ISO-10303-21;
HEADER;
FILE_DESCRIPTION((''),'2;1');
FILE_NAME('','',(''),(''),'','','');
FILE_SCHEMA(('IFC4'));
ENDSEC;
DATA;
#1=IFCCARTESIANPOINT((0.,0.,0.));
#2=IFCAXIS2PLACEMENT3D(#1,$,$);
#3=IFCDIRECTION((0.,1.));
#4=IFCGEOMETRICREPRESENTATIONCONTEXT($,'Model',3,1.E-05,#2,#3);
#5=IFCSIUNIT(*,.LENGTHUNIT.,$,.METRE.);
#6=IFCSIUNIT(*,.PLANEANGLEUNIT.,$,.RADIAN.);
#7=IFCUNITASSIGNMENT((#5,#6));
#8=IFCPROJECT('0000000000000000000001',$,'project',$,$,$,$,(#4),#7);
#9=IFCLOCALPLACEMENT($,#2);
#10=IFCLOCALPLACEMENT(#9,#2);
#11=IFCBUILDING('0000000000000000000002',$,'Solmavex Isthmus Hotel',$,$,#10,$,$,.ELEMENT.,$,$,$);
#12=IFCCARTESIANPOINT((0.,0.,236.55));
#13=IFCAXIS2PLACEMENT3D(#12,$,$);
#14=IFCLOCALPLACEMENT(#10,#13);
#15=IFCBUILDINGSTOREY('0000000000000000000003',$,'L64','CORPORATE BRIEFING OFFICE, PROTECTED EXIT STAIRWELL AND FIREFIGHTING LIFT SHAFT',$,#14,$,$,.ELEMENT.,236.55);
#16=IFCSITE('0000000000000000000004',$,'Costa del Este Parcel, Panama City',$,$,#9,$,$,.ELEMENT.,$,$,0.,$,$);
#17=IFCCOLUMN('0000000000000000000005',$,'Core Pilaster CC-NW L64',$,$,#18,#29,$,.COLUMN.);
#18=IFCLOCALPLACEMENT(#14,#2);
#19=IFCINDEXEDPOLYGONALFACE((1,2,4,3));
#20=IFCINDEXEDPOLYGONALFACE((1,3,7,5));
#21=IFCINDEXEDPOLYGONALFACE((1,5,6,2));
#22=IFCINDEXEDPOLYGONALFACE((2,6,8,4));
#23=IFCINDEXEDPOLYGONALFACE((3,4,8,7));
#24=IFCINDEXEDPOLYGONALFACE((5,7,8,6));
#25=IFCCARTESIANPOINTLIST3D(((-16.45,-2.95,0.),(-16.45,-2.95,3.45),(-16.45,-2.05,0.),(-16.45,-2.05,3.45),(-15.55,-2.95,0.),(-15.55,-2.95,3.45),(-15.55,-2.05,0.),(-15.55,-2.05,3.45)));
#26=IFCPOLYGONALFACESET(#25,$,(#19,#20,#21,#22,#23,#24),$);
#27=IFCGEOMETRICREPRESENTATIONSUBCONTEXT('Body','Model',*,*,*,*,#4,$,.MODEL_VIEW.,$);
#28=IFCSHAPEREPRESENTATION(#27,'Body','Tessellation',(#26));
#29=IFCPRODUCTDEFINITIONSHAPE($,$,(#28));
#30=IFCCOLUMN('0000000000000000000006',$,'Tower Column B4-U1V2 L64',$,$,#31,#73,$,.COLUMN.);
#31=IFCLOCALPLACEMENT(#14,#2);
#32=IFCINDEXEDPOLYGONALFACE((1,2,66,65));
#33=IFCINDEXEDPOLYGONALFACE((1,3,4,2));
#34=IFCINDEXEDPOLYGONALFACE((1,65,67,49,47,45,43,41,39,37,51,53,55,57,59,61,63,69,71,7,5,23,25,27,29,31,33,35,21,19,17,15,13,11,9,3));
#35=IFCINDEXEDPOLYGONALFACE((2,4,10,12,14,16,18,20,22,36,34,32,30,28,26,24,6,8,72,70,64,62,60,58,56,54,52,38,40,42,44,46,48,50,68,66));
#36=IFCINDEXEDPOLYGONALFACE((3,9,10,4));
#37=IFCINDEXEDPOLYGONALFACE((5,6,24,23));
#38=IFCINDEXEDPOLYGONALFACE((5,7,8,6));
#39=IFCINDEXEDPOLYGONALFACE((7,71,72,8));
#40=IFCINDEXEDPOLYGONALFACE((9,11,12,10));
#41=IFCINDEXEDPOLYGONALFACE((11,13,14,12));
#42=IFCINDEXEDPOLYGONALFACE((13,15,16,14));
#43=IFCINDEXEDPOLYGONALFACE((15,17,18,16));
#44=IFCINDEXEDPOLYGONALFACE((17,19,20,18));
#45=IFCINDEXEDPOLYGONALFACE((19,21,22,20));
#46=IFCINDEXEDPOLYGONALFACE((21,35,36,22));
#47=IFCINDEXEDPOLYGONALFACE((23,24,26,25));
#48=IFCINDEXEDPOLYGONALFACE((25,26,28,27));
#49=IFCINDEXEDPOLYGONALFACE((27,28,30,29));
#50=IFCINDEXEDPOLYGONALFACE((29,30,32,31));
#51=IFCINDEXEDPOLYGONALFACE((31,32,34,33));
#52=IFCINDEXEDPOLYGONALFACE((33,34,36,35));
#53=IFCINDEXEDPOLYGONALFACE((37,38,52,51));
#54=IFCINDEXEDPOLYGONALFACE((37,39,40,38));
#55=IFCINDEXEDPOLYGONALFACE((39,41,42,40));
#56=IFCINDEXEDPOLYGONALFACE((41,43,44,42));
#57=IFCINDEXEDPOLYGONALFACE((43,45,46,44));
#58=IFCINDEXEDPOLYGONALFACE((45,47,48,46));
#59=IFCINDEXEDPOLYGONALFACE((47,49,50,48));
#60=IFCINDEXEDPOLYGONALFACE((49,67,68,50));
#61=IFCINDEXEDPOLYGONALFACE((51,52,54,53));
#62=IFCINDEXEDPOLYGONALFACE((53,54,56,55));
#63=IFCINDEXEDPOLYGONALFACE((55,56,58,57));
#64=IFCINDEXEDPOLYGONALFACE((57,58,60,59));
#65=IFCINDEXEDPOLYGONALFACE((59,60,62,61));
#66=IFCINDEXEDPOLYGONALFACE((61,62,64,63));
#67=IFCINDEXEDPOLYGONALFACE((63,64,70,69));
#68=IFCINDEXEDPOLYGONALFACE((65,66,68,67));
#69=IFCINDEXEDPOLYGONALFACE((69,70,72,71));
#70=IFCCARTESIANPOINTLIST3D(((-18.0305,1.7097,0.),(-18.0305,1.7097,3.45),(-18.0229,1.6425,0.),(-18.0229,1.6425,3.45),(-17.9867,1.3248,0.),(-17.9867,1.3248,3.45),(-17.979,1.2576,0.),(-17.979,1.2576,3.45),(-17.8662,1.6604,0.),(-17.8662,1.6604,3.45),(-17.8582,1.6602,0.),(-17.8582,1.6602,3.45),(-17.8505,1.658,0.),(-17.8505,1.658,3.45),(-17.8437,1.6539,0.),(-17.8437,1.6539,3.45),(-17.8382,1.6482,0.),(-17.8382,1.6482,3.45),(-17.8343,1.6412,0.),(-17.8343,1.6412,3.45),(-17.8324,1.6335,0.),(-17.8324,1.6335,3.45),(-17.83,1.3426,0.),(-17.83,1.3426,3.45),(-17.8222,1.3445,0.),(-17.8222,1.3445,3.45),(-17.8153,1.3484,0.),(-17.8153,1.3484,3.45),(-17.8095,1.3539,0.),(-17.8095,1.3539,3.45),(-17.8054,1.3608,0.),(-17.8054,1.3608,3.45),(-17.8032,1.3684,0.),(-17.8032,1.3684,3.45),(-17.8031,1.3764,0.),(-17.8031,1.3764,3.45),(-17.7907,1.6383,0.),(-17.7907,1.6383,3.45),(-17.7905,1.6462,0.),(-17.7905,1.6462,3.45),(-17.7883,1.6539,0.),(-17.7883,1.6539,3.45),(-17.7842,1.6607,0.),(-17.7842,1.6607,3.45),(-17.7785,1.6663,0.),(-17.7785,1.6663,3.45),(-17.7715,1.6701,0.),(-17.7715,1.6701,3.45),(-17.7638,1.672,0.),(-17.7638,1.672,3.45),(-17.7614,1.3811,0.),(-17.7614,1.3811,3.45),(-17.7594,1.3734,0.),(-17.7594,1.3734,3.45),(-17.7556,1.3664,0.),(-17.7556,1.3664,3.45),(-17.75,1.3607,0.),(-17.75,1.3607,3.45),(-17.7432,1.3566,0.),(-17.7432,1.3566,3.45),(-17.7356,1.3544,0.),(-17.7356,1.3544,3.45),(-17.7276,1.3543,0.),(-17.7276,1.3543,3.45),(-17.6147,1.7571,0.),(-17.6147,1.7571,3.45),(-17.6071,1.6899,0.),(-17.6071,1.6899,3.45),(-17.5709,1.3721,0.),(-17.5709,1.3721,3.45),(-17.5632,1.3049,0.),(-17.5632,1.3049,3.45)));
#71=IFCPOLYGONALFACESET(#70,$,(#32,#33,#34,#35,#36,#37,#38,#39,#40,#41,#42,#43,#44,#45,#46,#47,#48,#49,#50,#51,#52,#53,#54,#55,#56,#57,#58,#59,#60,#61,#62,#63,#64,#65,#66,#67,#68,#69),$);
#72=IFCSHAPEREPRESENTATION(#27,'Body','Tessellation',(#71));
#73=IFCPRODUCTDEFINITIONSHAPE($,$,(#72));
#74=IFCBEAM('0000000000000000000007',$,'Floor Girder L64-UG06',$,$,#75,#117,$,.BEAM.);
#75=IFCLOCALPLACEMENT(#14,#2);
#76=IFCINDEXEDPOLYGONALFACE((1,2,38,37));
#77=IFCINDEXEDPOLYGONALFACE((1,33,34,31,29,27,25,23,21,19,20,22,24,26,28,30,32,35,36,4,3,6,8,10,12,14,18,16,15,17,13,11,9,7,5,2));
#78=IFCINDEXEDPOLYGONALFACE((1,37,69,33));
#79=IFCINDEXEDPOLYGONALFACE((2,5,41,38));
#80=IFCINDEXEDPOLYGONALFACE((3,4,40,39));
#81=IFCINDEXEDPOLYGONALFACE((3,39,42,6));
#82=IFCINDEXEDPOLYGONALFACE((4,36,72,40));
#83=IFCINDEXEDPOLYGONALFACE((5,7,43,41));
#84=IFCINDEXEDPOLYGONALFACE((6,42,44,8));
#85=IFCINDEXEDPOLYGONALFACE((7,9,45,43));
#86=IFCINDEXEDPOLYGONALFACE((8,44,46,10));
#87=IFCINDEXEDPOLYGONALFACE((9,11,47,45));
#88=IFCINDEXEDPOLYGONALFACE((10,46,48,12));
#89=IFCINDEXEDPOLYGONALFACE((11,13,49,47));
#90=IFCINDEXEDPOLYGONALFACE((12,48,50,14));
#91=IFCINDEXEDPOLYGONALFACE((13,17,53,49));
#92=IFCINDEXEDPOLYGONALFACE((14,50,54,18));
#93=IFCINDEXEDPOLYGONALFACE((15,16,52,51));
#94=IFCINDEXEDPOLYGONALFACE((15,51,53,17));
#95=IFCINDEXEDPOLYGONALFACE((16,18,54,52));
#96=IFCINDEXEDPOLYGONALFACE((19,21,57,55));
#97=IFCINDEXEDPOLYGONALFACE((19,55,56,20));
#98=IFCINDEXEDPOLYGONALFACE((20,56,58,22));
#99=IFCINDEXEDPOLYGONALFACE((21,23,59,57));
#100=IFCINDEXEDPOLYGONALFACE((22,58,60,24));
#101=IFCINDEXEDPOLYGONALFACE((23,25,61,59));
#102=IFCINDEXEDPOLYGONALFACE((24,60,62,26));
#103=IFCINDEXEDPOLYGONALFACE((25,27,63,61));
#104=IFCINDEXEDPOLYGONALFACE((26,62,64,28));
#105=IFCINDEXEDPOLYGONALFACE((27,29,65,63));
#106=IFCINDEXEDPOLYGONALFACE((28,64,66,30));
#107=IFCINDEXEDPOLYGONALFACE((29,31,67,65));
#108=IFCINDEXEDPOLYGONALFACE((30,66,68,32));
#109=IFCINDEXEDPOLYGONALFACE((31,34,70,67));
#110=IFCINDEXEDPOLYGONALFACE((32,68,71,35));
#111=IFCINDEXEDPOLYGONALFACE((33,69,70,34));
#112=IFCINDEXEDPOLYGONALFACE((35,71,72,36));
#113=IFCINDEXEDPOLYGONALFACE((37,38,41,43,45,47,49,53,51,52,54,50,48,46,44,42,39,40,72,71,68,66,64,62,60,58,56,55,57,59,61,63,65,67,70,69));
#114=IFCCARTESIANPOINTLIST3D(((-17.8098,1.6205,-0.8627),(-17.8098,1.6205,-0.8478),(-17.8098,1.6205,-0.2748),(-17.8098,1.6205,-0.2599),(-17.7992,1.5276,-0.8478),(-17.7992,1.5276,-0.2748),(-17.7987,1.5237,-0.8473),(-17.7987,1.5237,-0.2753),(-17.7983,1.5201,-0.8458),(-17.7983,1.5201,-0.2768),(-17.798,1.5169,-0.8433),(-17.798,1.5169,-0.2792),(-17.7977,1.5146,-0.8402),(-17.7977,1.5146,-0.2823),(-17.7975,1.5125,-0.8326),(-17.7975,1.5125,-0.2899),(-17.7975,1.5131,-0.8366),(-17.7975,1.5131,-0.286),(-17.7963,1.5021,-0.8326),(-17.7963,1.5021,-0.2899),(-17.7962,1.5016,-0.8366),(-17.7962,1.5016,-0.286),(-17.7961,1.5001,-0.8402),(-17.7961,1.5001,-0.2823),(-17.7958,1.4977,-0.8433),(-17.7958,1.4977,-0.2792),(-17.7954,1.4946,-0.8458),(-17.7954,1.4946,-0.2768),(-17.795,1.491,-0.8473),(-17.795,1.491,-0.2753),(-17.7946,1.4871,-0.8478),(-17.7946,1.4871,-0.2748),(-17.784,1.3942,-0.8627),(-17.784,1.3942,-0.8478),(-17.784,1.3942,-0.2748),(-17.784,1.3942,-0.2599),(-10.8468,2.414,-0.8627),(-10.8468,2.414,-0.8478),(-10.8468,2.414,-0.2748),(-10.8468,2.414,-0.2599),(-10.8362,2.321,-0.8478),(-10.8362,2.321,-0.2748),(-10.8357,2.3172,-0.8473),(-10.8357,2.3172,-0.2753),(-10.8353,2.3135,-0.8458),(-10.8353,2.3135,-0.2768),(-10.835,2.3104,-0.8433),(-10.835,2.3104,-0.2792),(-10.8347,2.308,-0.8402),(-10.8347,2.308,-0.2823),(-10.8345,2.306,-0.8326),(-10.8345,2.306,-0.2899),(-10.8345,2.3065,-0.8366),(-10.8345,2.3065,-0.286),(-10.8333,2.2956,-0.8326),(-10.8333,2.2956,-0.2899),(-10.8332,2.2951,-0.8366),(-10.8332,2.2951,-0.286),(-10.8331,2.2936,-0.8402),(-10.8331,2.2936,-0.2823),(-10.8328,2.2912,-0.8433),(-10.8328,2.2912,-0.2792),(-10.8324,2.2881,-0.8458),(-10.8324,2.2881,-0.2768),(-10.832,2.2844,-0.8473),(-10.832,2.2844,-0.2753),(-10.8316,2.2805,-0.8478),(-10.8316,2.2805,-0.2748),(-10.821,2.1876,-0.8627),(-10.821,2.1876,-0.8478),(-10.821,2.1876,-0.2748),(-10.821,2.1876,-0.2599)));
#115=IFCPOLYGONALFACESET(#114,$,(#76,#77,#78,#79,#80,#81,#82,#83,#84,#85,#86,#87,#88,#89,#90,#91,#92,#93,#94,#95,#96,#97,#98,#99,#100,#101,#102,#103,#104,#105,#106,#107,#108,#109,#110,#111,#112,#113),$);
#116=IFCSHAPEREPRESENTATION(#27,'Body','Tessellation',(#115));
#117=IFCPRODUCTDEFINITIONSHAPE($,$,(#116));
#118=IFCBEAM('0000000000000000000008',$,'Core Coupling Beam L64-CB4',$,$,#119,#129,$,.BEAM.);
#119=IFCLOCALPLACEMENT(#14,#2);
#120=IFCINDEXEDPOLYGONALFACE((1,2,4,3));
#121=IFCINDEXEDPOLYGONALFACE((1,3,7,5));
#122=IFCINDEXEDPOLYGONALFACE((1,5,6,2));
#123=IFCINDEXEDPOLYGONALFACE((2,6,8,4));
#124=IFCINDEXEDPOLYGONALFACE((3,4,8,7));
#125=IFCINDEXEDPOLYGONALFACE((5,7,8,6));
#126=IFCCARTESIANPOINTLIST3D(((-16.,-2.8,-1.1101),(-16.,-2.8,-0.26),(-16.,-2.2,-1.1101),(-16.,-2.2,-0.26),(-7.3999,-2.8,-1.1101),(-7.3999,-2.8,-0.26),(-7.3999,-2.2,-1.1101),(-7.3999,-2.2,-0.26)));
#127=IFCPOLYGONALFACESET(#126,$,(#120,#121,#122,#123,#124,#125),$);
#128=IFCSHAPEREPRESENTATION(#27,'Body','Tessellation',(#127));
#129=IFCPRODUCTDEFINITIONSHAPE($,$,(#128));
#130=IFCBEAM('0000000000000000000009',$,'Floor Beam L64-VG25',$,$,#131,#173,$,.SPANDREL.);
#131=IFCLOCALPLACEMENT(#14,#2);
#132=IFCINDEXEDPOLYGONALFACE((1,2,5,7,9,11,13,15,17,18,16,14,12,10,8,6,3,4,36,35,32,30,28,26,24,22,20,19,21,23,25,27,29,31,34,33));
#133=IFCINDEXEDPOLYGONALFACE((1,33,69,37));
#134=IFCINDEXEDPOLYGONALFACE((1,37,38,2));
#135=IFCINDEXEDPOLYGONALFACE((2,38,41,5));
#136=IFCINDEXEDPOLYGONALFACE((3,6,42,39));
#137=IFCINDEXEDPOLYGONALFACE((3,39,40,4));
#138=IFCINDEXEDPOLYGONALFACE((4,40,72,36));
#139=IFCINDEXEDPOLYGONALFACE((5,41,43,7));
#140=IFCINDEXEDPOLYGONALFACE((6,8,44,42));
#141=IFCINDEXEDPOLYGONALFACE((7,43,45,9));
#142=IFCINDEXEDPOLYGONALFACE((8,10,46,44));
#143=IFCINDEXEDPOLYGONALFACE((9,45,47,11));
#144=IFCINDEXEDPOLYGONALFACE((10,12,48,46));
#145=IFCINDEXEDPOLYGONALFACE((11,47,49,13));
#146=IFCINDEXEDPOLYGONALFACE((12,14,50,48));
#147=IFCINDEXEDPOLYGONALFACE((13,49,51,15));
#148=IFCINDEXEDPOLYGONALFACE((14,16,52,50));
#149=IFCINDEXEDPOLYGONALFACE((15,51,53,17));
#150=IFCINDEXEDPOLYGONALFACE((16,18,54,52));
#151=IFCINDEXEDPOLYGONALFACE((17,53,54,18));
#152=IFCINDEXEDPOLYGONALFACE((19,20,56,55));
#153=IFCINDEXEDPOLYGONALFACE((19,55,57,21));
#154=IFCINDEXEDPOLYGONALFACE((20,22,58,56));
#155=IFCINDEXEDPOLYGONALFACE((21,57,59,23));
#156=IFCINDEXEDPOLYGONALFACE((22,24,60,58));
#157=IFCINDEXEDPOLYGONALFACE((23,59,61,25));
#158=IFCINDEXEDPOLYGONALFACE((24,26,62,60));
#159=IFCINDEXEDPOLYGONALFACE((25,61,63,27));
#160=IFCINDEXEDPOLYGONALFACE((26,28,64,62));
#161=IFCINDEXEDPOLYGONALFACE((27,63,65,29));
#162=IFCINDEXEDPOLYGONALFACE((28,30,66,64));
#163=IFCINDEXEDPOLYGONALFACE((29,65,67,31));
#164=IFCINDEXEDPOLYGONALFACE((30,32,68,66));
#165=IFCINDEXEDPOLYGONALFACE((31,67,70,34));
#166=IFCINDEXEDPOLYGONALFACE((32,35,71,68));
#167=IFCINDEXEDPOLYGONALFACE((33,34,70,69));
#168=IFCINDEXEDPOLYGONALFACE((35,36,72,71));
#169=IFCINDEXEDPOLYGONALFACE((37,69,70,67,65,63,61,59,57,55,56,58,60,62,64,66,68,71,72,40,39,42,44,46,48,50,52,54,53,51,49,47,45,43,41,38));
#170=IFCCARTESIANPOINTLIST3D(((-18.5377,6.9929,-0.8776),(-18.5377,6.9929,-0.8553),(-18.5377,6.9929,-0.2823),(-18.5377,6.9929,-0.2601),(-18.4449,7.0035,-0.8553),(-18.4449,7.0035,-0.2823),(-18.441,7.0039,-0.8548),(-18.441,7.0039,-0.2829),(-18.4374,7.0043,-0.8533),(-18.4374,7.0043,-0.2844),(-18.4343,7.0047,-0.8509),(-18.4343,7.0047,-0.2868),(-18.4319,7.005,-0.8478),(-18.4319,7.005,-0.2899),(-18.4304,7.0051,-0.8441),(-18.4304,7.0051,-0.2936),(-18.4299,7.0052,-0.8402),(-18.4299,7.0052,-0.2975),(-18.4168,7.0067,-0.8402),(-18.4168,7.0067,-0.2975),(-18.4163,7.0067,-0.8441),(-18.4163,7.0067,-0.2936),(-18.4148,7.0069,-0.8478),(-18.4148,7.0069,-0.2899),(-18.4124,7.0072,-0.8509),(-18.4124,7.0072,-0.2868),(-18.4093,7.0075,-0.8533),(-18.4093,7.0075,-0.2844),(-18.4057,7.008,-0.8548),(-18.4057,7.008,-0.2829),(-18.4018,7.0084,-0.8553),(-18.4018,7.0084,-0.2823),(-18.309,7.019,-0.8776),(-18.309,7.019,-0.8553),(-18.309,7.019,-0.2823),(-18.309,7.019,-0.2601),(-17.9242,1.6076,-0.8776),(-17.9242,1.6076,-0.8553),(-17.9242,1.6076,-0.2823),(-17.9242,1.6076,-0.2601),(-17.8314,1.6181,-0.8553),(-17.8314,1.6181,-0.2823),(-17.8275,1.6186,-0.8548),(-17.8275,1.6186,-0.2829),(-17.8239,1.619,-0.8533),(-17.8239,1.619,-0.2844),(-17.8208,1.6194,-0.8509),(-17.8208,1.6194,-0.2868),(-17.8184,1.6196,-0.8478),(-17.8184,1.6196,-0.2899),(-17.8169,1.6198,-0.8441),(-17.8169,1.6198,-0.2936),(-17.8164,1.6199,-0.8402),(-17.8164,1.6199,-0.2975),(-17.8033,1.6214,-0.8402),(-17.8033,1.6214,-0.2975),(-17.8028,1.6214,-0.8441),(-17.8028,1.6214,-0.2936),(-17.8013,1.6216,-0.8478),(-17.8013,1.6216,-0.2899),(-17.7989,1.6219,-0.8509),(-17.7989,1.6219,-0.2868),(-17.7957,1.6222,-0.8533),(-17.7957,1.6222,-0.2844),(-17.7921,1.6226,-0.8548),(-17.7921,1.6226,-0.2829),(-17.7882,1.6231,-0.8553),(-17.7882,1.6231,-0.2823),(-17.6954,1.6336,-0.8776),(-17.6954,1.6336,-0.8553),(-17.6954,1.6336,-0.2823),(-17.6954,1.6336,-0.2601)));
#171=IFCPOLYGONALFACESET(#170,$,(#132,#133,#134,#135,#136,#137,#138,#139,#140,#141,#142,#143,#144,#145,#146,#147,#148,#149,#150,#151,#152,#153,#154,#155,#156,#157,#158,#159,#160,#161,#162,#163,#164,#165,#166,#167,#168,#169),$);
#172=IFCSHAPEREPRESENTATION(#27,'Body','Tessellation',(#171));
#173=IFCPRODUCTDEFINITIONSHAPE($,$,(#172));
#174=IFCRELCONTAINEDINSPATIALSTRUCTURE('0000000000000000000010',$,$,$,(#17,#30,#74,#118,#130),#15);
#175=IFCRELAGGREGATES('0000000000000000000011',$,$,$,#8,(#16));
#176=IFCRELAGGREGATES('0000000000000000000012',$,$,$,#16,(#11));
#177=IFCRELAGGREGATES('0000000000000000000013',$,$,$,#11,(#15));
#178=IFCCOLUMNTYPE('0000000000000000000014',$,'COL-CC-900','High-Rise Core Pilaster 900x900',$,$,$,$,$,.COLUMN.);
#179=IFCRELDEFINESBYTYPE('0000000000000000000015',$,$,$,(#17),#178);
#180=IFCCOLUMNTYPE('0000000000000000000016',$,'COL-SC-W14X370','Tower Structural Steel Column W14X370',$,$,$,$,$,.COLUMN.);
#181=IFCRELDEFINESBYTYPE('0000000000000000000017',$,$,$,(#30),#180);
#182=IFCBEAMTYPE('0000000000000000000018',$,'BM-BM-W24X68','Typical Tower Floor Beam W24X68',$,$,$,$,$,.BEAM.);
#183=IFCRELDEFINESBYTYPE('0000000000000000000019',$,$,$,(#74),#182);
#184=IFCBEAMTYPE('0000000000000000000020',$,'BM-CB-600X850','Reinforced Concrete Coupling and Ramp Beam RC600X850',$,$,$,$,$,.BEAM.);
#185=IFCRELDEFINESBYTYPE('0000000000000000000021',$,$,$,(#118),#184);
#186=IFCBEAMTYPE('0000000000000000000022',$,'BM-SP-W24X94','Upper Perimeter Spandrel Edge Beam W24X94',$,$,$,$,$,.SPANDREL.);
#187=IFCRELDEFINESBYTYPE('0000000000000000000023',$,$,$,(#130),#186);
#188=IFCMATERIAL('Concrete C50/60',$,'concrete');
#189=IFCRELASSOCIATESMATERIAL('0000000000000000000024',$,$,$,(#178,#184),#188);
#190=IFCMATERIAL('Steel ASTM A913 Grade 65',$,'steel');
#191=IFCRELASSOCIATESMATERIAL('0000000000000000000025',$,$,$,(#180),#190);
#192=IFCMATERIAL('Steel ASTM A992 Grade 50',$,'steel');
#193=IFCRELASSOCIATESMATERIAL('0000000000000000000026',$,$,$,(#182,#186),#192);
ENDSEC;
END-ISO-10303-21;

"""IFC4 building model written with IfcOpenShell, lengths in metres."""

from ifc_helpers import new_model, si_unit, direction, frame, origin, origin_2d, place, context, subcontext, project, spatial, rectangle, i_section, extrude, material, material_profile, profile_set, type_object, element, save


model = new_model("IFC4")

# Units and contexts
model_context = context("Model", 3, precision=1e-05, world=origin(), true_north=direction((0.0, 1.0)))
body_context = subcontext(model_context, "Body", "Model", "MODEL_VIEW")
ifc_project = project(units=[si_unit("LENGTHUNIT", "METRE"), si_unit("PLANEANGLEUNIT", "RADIAN")], contexts=[model_context])

# Site, building, storey
site_placement = place(None, origin())
site = spatial("IfcSite", under=ifc_project, at=site_placement, Name="Costa del Este Parcel, Panama City", CompositionType="ELEMENT", RefElevation=0.0)
building_placement = place(site_placement, origin())
building = spatial("IfcBuilding", under=site, at=building_placement, Name="Solmavex Isthmus Hotel", CompositionType="ELEMENT")
storey_placement = place(building_placement, frame((0.0, 0.0, 236.55)))
storey = spatial("IfcBuildingStorey", under=building, at=storey_placement, Name="L64", Description="CORPORATE BRIEFING OFFICE, PROTECTED EXIT STAIRWELL AND FIREFIGHTING LIFT SHAFT", CompositionType="ELEMENT", Elevation=236.55)

# Columns
ifc_material_1 = material(Name="Concrete C50/60", Category="concrete")
ifc_material_profile_1 = material_profile(ifc_material_1, rectangle(XDim=0.8999, YDim=0.8999, at=origin_2d()), Name="RC900X900")
ifc_profile_set_1 = profile_set([ifc_material_profile_1], Name="Concrete C50/60")
column_type_1 = type_object("IfcColumnType", Name="COL-CC-900", Description="High-Rise Core Pilaster 900x900", PredefinedType="COLUMN", material=ifc_profile_set_1)
column_1_placement = place(storey_placement, frame((-16.0, -2.5, 0.0), z_axis=(0.0, 0.0, 1.0), x_axis=(1.0, 0.0, 0.0)))
element("IfcColumn", 1, at=column_1_placement, inside=storey, type_object=column_type_1, Name="Core Pilaster CC-NW L64", PredefinedType="COLUMN", context=body_context, shape_type="SweptSolid", body=[
    extrude(rectangle(XDim=0.8999, YDim=0.8999, at=origin_2d()), origin(), (0.0, 0.0, 1.0), 3.45),
])
ifc_material_2 = material(Name="Steel ASTM A913 Grade 65", Category="steel")
ifc_material_profile_2 = material_profile(ifc_material_2, i_section(OverallWidth=0.4185, OverallDepth=0.4551, WebThickness=0.042, FlangeThickness=0.0676, FilletRadius=0.0305, at=origin_2d()), Name="W14X370")
ifc_profile_set_2 = profile_set([ifc_material_profile_2], Name="Steel ASTM A913 Grade 65")
column_type_2 = type_object("IfcColumnType", Name="COL-SC-W14X370", Description="Tower Structural Steel Column W14X370", PredefinedType="COLUMN", material=ifc_profile_set_2)
column_2_placement = place(storey_placement, frame((-17.7969, 1.5073, 0.0), z_axis=(0.0, 0.0, 1.0), x_axis=(0.993572, 0.113203, 0.0)))
element("IfcColumn", 2, at=column_2_placement, inside=storey, type_object=column_type_2, Name="Tower Column B4-U1V2 L64", PredefinedType="COLUMN", context=body_context, shape_type="SweptSolid", body=[
    extrude(i_section(OverallWidth=0.4185, OverallDepth=0.4551, WebThickness=0.042, FlangeThickness=0.0676, FilletRadius=0.0305, at=origin_2d()), origin(), (0.0, 0.0, 1.0), 3.45),
])

# Beams
ifc_material_3 = material(Name="Steel ASTM A992 Grade 50", Category="steel")
ifc_material_profile_3 = material_profile(ifc_material_3, i_section(OverallWidth=0.2278, OverallDepth=0.6028, WebThickness=0.0105, FlangeThickness=0.0149, FilletRadius=0.0151, at=origin_2d()), Name="W24X68")
ifc_profile_set_3 = profile_set([ifc_material_profile_3], Name="Steel ASTM A992 Grade 50")
beam_type_1 = type_object("IfcBeamType", Name="BM-BM-W24X68", Description="Typical Tower Floor Beam W24X68", PredefinedType="BEAM", material=ifc_profile_set_3)
beam_1_placement = place(storey_placement, frame((-17.7969, 1.5073, -0.5613), z_axis=(0.99357, 0.113222, 0.0), x_axis=(-0.113222, 0.99357, 0.0)))
element("IfcBeam", 3, at=beam_1_placement, inside=storey, type_object=beam_type_1, Name="Floor Girder L64-UG06", PredefinedType="BEAM", context=body_context, shape_type="SweptSolid", body=[
    extrude(i_section(OverallWidth=0.2278, OverallDepth=0.6028, WebThickness=0.0105, FlangeThickness=0.0149, FilletRadius=0.0151, at=origin_2d()), origin(), (0.0, 0.0, 1.0), 7.0081),
])
ifc_material_profile_4 = material_profile(ifc_material_1, rectangle(XDim=0.6001, YDim=0.8501, at=origin_2d()), Name="RC600X850")
ifc_profile_set_4 = profile_set([ifc_material_profile_4], Name="Concrete C50/60")
beam_type_2 = type_object("IfcBeamType", Name="BM-CB-600X850", Description="Reinforced Concrete Coupling and Ramp Beam RC600X850", PredefinedType="BEAM", material=ifc_profile_set_4)
beam_2_placement = place(storey_placement, frame((-16.0, -2.5, -0.6851), z_axis=(1.0, 0.0, 0.0), x_axis=(0.0, 1.0, 0.0)))
element("IfcBeam", 4, at=beam_2_placement, inside=storey, type_object=beam_type_2, Name="Core Coupling Beam L64-CB4", PredefinedType="BEAM", context=body_context, shape_type="SweptSolid", body=[
    extrude(rectangle(XDim=0.6001, YDim=0.8501, at=origin_2d()), origin(), (0.0, 0.0, 1.0), 8.6001),
])
ifc_material_profile_5 = material_profile(ifc_material_3, i_section(OverallWidth=0.2302, OverallDepth=0.6174, WebThickness=0.0132, FlangeThickness=0.0222, FilletRadius=0.0151, at=origin_2d()), Name="W24X94")
ifc_profile_set_5 = profile_set([ifc_material_profile_5], Name="Steel ASTM A992 Grade 50")
beam_type_3 = type_object("IfcBeamType", Name="BM-SP-W24X94", Description="Upper Perimeter Spandrel Edge Beam W24X94", PredefinedType="SPANDREL", material=ifc_profile_set_5)
beam_3_placement = place(storey_placement, frame((-17.8098, 1.6206, -0.5688), z_axis=(-0.113195, 0.993573, 0.0), x_axis=(-0.993573, -0.113195, 0.0)))
element("IfcBeam", 5, at=beam_3_placement, inside=storey, type_object=beam_type_3, Name="Floor Beam L64-VG25", PredefinedType="SPANDREL", context=body_context, shape_type="SweptSolid", body=[
    extrude(i_section(OverallWidth=0.2302, OverallDepth=0.6174, WebThickness=0.0132, FlangeThickness=0.0222, FilletRadius=0.0151, at=origin_2d()), origin(), (0.0, 0.0, 1.0), 5.4202),
])

save(model, "model.ifc")
